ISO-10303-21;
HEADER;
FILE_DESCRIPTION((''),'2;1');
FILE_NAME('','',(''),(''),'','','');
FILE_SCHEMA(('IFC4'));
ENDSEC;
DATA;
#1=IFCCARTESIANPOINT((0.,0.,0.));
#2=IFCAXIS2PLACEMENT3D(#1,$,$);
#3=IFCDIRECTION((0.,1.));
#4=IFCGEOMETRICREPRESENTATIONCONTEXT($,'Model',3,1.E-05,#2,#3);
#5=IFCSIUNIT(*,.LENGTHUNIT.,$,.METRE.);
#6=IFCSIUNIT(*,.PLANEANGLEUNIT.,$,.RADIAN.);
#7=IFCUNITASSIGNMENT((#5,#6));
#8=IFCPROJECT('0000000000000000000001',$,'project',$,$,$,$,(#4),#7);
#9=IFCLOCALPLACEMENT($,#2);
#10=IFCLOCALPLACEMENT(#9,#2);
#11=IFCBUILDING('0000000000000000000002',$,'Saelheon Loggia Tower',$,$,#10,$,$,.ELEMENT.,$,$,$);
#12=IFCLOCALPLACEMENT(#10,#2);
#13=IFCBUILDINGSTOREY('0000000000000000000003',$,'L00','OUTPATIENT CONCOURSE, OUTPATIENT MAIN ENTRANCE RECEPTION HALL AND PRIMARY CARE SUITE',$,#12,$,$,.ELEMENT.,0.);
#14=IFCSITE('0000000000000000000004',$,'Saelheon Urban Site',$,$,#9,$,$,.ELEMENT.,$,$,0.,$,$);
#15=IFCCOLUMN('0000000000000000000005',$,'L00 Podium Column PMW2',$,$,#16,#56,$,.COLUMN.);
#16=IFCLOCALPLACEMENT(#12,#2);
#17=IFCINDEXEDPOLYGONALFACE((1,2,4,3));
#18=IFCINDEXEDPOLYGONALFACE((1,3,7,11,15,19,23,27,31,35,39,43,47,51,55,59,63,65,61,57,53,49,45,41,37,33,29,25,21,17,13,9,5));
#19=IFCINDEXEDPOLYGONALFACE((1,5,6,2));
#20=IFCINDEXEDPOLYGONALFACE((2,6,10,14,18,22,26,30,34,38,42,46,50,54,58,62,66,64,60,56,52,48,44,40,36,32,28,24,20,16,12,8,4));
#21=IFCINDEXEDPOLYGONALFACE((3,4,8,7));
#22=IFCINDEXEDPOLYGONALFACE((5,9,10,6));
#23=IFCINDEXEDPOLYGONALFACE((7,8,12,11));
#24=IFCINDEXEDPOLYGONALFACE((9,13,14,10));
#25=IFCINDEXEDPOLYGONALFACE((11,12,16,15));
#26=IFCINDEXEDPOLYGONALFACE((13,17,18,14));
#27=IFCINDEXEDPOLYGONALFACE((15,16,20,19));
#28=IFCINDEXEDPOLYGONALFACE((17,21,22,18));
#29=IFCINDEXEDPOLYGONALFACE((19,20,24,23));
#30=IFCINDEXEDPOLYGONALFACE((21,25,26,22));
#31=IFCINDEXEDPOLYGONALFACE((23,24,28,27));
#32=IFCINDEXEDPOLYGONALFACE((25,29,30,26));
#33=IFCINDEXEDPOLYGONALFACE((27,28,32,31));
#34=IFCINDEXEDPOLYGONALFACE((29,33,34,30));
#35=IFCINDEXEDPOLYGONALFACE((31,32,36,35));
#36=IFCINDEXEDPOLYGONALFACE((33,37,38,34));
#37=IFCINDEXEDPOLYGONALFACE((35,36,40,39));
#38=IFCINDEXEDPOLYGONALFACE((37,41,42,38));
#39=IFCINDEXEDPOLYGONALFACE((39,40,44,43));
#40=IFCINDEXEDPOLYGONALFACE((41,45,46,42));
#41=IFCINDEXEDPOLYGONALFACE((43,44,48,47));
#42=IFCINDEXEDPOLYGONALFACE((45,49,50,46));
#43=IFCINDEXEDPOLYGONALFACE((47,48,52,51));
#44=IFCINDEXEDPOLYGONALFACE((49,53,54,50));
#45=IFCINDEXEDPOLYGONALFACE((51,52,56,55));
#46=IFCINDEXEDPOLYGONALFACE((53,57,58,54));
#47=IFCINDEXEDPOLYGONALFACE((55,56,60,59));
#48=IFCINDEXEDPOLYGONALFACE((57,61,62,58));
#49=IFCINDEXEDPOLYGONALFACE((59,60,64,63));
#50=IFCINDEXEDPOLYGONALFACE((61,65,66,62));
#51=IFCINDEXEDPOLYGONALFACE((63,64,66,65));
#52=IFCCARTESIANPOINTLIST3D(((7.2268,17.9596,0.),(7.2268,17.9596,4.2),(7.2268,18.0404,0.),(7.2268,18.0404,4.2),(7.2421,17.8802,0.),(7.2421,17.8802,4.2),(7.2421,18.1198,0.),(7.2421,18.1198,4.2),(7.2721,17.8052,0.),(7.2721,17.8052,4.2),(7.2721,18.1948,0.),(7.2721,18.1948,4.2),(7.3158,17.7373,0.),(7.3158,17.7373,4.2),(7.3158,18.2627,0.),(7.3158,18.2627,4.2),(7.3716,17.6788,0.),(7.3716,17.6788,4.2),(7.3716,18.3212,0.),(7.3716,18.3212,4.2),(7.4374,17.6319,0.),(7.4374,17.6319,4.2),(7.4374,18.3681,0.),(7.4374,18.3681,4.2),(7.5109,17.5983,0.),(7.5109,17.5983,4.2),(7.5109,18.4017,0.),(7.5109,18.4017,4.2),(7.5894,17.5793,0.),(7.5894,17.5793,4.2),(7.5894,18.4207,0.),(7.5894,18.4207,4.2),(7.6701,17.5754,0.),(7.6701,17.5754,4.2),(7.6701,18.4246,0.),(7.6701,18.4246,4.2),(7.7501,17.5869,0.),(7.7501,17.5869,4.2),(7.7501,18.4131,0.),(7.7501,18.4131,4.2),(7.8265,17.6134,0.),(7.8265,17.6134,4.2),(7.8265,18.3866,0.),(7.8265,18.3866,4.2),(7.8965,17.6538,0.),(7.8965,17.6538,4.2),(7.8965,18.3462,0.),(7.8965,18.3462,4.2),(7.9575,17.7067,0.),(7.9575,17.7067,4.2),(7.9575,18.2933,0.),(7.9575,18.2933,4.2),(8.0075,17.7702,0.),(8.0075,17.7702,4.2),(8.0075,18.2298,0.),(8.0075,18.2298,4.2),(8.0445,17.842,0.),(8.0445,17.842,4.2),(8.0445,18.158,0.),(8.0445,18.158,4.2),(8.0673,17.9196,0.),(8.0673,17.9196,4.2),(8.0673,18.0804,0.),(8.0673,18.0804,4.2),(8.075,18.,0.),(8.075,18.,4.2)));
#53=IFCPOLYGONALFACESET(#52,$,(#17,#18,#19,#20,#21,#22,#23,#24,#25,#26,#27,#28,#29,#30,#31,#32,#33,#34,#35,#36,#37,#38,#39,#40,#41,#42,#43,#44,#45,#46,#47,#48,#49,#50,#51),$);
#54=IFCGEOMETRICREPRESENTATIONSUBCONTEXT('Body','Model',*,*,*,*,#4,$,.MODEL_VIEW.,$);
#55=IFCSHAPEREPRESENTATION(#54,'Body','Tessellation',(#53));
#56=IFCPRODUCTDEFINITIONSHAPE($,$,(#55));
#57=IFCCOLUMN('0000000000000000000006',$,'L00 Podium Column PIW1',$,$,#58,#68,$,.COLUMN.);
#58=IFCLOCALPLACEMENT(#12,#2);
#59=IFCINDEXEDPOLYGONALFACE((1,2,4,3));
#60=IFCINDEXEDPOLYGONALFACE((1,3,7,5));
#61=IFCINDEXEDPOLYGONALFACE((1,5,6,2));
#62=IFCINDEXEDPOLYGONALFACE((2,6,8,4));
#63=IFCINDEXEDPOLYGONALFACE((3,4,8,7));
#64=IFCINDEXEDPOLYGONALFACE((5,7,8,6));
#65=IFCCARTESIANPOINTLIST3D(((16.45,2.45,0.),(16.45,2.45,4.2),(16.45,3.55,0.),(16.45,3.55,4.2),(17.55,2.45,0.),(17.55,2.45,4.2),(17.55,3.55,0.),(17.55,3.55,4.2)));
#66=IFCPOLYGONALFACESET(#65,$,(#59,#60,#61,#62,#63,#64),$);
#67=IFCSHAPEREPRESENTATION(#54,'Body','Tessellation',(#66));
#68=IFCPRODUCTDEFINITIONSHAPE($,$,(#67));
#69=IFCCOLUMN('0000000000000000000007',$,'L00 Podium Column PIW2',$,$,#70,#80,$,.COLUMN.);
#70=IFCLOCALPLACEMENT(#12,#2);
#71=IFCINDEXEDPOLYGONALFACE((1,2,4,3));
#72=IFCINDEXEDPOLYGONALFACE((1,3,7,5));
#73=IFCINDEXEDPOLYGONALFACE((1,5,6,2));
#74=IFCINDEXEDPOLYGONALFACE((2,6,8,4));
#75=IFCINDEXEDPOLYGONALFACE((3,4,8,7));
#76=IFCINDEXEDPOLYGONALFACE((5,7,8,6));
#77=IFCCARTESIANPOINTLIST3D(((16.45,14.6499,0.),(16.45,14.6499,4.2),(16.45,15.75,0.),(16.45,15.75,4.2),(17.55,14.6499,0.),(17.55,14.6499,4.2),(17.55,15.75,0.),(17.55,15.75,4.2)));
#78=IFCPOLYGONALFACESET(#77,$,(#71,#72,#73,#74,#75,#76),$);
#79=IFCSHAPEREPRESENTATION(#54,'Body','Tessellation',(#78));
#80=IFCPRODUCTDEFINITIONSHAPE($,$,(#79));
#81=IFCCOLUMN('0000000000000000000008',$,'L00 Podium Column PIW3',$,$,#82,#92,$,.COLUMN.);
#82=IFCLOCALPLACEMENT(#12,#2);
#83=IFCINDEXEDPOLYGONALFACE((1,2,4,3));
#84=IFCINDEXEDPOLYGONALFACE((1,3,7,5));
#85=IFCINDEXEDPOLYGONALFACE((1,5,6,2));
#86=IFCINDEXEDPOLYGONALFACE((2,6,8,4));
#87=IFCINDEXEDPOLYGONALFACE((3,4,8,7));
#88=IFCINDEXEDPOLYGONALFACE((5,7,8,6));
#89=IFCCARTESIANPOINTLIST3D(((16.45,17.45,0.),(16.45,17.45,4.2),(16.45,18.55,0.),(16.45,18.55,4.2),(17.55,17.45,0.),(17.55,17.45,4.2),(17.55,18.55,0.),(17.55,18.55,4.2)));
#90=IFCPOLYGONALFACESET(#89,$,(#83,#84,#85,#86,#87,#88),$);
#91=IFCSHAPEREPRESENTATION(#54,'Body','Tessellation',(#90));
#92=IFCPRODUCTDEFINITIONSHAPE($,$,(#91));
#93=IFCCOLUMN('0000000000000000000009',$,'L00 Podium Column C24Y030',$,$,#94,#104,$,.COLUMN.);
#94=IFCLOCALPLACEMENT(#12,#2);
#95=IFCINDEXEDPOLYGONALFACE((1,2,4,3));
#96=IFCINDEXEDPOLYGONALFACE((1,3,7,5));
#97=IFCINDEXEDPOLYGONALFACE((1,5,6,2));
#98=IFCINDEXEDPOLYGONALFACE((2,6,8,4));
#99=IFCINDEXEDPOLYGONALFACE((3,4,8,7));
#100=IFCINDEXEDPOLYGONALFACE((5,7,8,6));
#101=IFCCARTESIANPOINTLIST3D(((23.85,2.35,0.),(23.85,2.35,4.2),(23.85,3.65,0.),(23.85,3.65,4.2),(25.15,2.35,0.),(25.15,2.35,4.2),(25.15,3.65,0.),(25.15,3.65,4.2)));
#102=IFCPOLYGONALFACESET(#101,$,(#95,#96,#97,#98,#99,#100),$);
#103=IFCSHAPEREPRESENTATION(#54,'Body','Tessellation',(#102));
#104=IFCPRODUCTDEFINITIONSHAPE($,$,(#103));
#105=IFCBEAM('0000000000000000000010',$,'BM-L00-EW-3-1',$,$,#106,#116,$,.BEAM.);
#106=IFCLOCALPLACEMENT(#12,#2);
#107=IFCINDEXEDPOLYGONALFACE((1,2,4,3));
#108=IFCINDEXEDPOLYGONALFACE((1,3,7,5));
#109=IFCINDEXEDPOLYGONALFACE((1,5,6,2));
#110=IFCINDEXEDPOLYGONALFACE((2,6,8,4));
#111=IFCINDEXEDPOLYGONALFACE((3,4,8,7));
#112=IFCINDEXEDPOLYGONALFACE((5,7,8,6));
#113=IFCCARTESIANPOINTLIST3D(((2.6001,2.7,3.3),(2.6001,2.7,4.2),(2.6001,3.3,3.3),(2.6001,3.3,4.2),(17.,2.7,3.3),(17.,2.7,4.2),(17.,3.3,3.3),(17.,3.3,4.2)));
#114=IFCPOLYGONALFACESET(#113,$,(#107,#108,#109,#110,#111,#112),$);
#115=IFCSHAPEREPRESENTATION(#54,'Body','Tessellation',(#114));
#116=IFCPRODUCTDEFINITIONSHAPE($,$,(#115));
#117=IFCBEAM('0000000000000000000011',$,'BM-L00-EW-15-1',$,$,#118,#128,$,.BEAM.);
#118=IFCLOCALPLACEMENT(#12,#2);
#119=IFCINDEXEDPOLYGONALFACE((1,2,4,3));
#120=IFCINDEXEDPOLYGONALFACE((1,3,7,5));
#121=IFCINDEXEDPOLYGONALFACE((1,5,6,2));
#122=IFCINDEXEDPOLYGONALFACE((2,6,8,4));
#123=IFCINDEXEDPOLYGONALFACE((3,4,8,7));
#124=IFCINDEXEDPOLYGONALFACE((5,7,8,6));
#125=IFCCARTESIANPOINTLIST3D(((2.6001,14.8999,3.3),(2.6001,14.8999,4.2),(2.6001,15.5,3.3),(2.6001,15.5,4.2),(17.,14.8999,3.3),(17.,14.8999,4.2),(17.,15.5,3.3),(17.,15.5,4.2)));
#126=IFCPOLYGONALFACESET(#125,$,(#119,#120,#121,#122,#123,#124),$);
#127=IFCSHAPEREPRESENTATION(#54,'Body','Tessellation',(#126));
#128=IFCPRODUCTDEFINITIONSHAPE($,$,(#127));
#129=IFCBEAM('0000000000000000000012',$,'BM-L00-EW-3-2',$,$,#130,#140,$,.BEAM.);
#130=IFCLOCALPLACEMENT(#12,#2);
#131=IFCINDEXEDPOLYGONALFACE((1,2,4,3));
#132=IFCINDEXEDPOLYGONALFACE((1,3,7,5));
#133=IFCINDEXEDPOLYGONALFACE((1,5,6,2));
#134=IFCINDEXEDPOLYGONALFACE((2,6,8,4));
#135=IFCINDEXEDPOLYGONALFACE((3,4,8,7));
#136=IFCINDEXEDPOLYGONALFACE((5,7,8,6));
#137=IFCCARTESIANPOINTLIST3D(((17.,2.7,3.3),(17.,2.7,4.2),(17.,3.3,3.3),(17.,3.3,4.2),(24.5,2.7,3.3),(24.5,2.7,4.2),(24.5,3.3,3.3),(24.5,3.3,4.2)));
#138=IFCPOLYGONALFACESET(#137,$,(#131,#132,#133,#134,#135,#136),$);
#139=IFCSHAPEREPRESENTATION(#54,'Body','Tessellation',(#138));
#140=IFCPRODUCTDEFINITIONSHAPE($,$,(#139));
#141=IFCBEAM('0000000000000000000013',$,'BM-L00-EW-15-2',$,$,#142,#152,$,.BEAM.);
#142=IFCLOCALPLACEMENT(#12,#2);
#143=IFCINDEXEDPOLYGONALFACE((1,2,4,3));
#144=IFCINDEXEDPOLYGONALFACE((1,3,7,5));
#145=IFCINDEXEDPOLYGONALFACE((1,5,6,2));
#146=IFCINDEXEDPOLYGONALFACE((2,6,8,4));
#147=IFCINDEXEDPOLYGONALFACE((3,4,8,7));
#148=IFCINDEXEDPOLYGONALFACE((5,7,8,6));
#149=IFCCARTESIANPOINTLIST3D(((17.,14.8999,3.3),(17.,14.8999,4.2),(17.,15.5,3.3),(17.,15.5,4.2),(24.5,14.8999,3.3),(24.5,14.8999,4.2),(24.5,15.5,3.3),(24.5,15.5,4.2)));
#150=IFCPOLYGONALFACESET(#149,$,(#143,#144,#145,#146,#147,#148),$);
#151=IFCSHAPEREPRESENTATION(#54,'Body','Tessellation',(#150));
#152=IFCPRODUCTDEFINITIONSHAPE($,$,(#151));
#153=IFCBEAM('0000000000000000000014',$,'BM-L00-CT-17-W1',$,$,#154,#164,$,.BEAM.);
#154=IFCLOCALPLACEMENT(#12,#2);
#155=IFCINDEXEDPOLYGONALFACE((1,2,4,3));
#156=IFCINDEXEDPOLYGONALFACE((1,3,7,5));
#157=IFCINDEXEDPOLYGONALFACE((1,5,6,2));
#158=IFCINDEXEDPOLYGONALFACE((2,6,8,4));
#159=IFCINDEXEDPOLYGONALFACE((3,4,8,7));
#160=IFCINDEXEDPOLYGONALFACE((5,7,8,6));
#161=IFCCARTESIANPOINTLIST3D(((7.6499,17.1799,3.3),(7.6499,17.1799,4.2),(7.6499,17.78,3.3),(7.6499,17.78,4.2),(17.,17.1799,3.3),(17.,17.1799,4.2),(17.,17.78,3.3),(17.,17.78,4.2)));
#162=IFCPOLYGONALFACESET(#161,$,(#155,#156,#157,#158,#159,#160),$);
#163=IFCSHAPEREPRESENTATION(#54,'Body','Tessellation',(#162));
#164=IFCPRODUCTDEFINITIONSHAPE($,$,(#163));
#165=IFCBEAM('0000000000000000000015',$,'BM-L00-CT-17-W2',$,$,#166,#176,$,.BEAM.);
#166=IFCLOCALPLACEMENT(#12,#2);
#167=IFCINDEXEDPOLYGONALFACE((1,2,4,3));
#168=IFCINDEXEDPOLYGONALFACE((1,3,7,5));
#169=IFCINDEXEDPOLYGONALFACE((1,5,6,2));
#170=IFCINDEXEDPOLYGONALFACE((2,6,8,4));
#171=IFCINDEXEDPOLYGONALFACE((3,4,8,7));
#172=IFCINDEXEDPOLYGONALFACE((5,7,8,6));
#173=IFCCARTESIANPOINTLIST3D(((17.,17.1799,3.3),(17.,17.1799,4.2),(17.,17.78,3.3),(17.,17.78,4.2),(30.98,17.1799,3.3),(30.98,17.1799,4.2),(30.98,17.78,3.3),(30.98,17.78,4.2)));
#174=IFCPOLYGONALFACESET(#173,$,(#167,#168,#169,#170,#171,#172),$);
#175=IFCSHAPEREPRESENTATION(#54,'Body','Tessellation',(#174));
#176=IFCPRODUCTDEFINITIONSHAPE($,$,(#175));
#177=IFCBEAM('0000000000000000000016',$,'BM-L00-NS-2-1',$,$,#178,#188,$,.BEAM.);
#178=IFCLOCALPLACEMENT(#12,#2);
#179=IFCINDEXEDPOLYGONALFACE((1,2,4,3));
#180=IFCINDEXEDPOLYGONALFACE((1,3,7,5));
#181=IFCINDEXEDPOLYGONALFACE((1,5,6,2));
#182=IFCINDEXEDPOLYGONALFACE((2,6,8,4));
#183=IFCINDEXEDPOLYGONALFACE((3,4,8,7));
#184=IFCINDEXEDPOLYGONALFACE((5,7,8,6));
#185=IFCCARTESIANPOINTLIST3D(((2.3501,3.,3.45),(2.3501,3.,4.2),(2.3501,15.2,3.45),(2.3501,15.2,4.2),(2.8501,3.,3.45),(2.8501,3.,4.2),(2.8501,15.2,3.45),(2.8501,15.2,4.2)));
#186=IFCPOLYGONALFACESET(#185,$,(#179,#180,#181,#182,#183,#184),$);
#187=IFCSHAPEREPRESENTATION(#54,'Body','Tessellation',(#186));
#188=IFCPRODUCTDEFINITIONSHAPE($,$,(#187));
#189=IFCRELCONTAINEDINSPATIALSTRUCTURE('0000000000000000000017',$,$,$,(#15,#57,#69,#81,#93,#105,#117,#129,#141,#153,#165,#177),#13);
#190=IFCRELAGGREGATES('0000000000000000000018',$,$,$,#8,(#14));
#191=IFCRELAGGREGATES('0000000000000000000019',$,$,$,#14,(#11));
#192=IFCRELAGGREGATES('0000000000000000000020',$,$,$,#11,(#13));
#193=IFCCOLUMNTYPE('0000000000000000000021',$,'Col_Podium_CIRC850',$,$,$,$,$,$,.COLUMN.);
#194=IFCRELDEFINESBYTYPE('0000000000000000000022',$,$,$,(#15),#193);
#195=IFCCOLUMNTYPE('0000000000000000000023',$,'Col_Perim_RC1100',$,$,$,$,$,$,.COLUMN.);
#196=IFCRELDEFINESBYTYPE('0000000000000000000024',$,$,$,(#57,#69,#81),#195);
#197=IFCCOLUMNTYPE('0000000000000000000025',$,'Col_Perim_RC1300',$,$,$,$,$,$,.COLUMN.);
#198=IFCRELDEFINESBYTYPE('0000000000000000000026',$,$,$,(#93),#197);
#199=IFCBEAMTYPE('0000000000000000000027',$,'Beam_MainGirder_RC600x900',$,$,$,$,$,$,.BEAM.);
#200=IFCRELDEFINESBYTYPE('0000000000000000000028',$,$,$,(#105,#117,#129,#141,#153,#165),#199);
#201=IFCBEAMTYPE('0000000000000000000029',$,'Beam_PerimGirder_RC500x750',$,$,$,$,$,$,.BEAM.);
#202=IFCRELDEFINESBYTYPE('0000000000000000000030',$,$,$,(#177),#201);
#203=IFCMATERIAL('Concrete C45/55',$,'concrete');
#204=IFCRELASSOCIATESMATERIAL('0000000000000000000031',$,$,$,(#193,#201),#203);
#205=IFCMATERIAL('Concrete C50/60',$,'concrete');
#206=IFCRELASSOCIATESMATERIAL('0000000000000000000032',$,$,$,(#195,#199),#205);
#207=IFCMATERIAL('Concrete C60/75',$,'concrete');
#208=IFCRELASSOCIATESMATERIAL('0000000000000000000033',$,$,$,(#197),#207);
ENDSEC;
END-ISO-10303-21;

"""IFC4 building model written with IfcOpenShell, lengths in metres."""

from ifc_helpers import new_model, si_unit, direction, frame, origin, origin_2d, place, context, subcontext, project, spatial, rectangle, circle, extrude, source, transform, mapped, material, material_profile, profile_set, type_object, element, save


model = new_model("IFC4")

# Units and contexts
model_context = context("Model", 3, precision=1e-05, world=origin(), true_north=direction((0.0, 1.0)))
body_context = subcontext(model_context, "Body", "Model", "MODEL_VIEW")
ifc_project = project(units=[si_unit("LENGTHUNIT", "METRE"), si_unit("PLANEANGLEUNIT", "RADIAN")], contexts=[model_context])

# Site, building, storey
site_placement = place(None, origin())
site = spatial("IfcSite", under=ifc_project, at=site_placement, Name="Saelheon Urban Site", CompositionType="ELEMENT", RefElevation=0.0)
building_placement = place(site_placement, origin())
building = spatial("IfcBuilding", under=site, at=building_placement, Name="Saelheon Loggia Tower", CompositionType="ELEMENT")
storey_placement = place(building_placement, origin())
storey = spatial("IfcBuildingStorey", under=building, at=storey_placement, Name="L00", Description="OUTPATIENT CONCOURSE, OUTPATIENT MAIN ENTRANCE RECEPTION HALL AND PRIMARY CARE SUITE", CompositionType="ELEMENT", Elevation=0.0)

# Columns
ifc_material_1 = material(Name="Concrete C50/60", Category="concrete")
ifc_material_2 = material(Name="Concrete C45/55", Category="concrete")
ifc_material_profile_1 = material_profile(ifc_material_2, circle(Radius=0.425, at=origin_2d()), Name="CIRC-850")
ifc_profile_set_1 = profile_set([ifc_material_profile_1], Name="Concrete C45/55")
column_type_1 = type_object("IfcColumnType", Name="Col_Podium_CIRC850", PredefinedType="COLUMN", material=ifc_profile_set_1)
shared_shape_1 = source(origin(), body_context, "Body", "SweptSolid", [
    extrude(circle(Radius=0.425, at=origin_2d()), origin(), (0.0, 0.0, 1.0), 4.2),
])
for number, where, z_axis, x_axis, name in (
    (1, (7.6499, 18.0, 0.0), (0.0, 0.0, 1.0), (1.0, 0.0, 0.0), "L00 Podium Column PMW2"),
):
    element("IfcColumn", number, at=place(storey_placement, frame(where, z_axis=z_axis, x_axis=x_axis)), inside=storey, type_object=column_type_1, Name=name, PredefinedType="COLUMN", context=body_context, shape_type="MappedRepresentation", body=[
        mapped(shared_shape_1, transform((0.0, 0.0, 0.0), scale=1.0)),
    ])
ifc_material_profile_2 = material_profile(ifc_material_1, rectangle(XDim=1.1001, YDim=1.1001, at=origin_2d()), Name="RC-1100x1100")
ifc_profile_set_2 = profile_set([ifc_material_profile_2], Name="Concrete C50/60")
column_type_2 = type_object("IfcColumnType", Name="Col_Perim_RC1100", PredefinedType="COLUMN", material=ifc_profile_set_2)
shared_shape_2 = source(origin(), body_context, "Body", "SweptSolid", [
    extrude(rectangle(XDim=1.1001, YDim=1.1001, at=origin_2d()), origin(), (0.0, 0.0, 1.0), 4.2),
])
for number, where, z_axis, x_axis, name in (
    (2, (17.0, 3.0, 0.0), (0.0, 0.0, 1.0), (1.0, 0.0, 0.0), "L00 Podium Column PIW1"),
    (3, (17.0, 15.2, 0.0), (0.0, 0.0, 1.0), (1.0, 0.0, 0.0), "L00 Podium Column PIW2"),
    (4, (17.0, 18.0, 0.0), (0.0, 0.0, 1.0), (1.0, 0.0, 0.0), "L00 Podium Column PIW3"),
):
    element("IfcColumn", number, at=place(storey_placement, frame(where, z_axis=z_axis, x_axis=x_axis)), inside=storey, type_object=column_type_2, Name=name, PredefinedType="COLUMN", context=body_context, shape_type="MappedRepresentation", body=[
        mapped(shared_shape_2, transform((0.0, 0.0, 0.0), scale=1.0)),
    ])
ifc_material_3 = material(Name="Concrete C60/75", Category="concrete")
ifc_material_profile_3 = material_profile(ifc_material_3, rectangle(XDim=1.3, YDim=1.3, at=origin_2d()), Name="RC-1300x1300")
ifc_profile_set_3 = profile_set([ifc_material_profile_3], Name="Concrete C60/75")
column_type_3 = type_object("IfcColumnType", Name="Col_Perim_RC1300", PredefinedType="COLUMN", material=ifc_profile_set_3)
shared_shape_3 = source(origin(), body_context, "Body", "SweptSolid", [
    extrude(rectangle(XDim=1.3, YDim=1.3, at=origin_2d()), origin(), (0.0, 0.0, 1.0), 4.2),
])
column_placement = place(storey_placement, frame((24.5, 3.0, 0.0), z_axis=(0.0, 0.0, 1.0), x_axis=(1.0, 0.0, 0.0)))
element("IfcColumn", 5, at=column_placement, inside=storey, type_object=column_type_3, Name="L00 Podium Column C24Y030", PredefinedType="COLUMN", context=body_context, shape_type="MappedRepresentation", body=[
    mapped(shared_shape_3, transform((0.0, 0.0, 0.0), scale=1.0)),
])

# Beams
ifc_material_profile_4 = material_profile(ifc_material_1, rectangle(XDim=0.6001, YDim=0.8999, at=origin_2d()), Name="RC-600x900")
ifc_profile_set_4 = profile_set([ifc_material_profile_4], Name="Concrete C50/60")
beam_type_1 = type_object("IfcBeamType", Name="Beam_MainGirder_RC600x900", PredefinedType="BEAM", material=ifc_profile_set_4)
shared_shape_4 = source(origin(), body_context, "Body", "SweptSolid", [
    extrude(rectangle(XDim=0.6001, YDim=0.8999, at=origin_2d()), origin(), (0.0, 0.0, 1.0), 14.3999),
])
for number, where, z_axis, x_axis, name in (
    (6, (2.6001, 3.0, 3.75), (1.0, 0.0, 0.0), (0.0, 1.0, 0.0), "BM-L00-EW-3-1"),
    (7, (2.6001, 15.2, 3.75), (1.0, 0.0, 0.0), (0.0, 1.0, 0.0), "BM-L00-EW-15-1"),
):
    element("IfcBeam", number, at=place(storey_placement, frame(where, z_axis=z_axis, x_axis=x_axis)), inside=storey, type_object=beam_type_1, Name=name, PredefinedType="BEAM", context=body_context, shape_type="MappedRepresentation", body=[
        mapped(shared_shape_4, transform((0.0, 0.0, 0.0), scale=1.0)),
    ])
shared_shape_5 = source(origin(), body_context, "Body", "SweptSolid", [
    extrude(rectangle(XDim=0.6001, YDim=0.8999, at=origin_2d()), origin(), (0.0, 0.0, 1.0), 7.5),
])
for number, where, z_axis, x_axis, name in (
    (8, (17.0, 3.0, 3.75), (1.0, 0.0, 0.0), (0.0, 1.0, 0.0), "BM-L00-EW-3-2"),
    (9, (17.0, 15.2, 3.75), (1.0, 0.0, 0.0), (0.0, 1.0, 0.0), "BM-L00-EW-15-2"),
):
    element("IfcBeam", number, at=place(storey_placement, frame(where, z_axis=z_axis, x_axis=x_axis)), inside=storey, type_object=beam_type_1, Name=name, PredefinedType="BEAM", context=body_context, shape_type="MappedRepresentation", body=[
        mapped(shared_shape_5, transform((0.0, 0.0, 0.0), scale=1.0)),
    ])
shared_shape_6 = source(origin(), body_context, "Body", "SweptSolid", [
    extrude(rectangle(XDim=0.6001, YDim=0.8999, at=origin_2d()), origin(), (0.0, 0.0, 1.0), 9.3501),
])
beam_1_placement = place(storey_placement, frame((7.6499, 17.48, 3.75), z_axis=(1.0, 0.0, 0.0), x_axis=(0.0, 1.0, 0.0)))
element("IfcBeam", 10, at=beam_1_placement, inside=storey, type_object=beam_type_1, Name="BM-L00-CT-17-W1", PredefinedType="BEAM", context=body_context, shape_type="MappedRepresentation", body=[
    mapped(shared_shape_6, transform((0.0, 0.0, 0.0), scale=1.0)),
])
shared_shape_7 = source(origin(), body_context, "Body", "SweptSolid", [
    extrude(rectangle(XDim=0.6001, YDim=0.8999, at=origin_2d()), origin(), (0.0, 0.0, 1.0), 13.98),
])
beam_2_placement = place(storey_placement, frame((17.0, 17.48, 3.75), z_axis=(1.0, 0.0, 0.0), x_axis=(0.0, 1.0, 0.0)))
element("IfcBeam", 11, at=beam_2_placement, inside=storey, type_object=beam_type_1, Name="BM-L00-CT-17-W2", PredefinedType="BEAM", context=body_context, shape_type="MappedRepresentation", body=[
    mapped(shared_shape_7, transform((0.0, 0.0, 0.0), scale=1.0)),
])
ifc_material_profile_5 = material_profile(ifc_material_2, rectangle(XDim=0.5, YDim=0.75, at=origin_2d()), Name="RC-500x750")
ifc_profile_set_5 = profile_set([ifc_material_profile_5], Name="Concrete C45/55")
beam_type_2 = type_object("IfcBeamType", Name="Beam_PerimGirder_RC500x750", PredefinedType="BEAM", material=ifc_profile_set_5)
shared_shape_8 = source(origin(), body_context, "Body", "SweptSolid", [
    extrude(rectangle(XDim=0.5, YDim=0.75, at=origin_2d()), origin(), (0.0, 0.0, 1.0), 12.2),
])
beam_3_placement = place(storey_placement, frame((2.6001, 3.0, 3.825), z_axis=(0.0, 1.0, 0.0), x_axis=(-1.0, 0.0, 0.0)))
element("IfcBeam", 12, at=beam_3_placement, inside=storey, type_object=beam_type_2, Name="BM-L00-NS-2-1", PredefinedType="BEAM", context=body_context, shape_type="MappedRepresentation", body=[
    mapped(shared_shape_8, transform((0.0, 0.0, 0.0), scale=1.0)),
])

save(model, "model.ifc")
